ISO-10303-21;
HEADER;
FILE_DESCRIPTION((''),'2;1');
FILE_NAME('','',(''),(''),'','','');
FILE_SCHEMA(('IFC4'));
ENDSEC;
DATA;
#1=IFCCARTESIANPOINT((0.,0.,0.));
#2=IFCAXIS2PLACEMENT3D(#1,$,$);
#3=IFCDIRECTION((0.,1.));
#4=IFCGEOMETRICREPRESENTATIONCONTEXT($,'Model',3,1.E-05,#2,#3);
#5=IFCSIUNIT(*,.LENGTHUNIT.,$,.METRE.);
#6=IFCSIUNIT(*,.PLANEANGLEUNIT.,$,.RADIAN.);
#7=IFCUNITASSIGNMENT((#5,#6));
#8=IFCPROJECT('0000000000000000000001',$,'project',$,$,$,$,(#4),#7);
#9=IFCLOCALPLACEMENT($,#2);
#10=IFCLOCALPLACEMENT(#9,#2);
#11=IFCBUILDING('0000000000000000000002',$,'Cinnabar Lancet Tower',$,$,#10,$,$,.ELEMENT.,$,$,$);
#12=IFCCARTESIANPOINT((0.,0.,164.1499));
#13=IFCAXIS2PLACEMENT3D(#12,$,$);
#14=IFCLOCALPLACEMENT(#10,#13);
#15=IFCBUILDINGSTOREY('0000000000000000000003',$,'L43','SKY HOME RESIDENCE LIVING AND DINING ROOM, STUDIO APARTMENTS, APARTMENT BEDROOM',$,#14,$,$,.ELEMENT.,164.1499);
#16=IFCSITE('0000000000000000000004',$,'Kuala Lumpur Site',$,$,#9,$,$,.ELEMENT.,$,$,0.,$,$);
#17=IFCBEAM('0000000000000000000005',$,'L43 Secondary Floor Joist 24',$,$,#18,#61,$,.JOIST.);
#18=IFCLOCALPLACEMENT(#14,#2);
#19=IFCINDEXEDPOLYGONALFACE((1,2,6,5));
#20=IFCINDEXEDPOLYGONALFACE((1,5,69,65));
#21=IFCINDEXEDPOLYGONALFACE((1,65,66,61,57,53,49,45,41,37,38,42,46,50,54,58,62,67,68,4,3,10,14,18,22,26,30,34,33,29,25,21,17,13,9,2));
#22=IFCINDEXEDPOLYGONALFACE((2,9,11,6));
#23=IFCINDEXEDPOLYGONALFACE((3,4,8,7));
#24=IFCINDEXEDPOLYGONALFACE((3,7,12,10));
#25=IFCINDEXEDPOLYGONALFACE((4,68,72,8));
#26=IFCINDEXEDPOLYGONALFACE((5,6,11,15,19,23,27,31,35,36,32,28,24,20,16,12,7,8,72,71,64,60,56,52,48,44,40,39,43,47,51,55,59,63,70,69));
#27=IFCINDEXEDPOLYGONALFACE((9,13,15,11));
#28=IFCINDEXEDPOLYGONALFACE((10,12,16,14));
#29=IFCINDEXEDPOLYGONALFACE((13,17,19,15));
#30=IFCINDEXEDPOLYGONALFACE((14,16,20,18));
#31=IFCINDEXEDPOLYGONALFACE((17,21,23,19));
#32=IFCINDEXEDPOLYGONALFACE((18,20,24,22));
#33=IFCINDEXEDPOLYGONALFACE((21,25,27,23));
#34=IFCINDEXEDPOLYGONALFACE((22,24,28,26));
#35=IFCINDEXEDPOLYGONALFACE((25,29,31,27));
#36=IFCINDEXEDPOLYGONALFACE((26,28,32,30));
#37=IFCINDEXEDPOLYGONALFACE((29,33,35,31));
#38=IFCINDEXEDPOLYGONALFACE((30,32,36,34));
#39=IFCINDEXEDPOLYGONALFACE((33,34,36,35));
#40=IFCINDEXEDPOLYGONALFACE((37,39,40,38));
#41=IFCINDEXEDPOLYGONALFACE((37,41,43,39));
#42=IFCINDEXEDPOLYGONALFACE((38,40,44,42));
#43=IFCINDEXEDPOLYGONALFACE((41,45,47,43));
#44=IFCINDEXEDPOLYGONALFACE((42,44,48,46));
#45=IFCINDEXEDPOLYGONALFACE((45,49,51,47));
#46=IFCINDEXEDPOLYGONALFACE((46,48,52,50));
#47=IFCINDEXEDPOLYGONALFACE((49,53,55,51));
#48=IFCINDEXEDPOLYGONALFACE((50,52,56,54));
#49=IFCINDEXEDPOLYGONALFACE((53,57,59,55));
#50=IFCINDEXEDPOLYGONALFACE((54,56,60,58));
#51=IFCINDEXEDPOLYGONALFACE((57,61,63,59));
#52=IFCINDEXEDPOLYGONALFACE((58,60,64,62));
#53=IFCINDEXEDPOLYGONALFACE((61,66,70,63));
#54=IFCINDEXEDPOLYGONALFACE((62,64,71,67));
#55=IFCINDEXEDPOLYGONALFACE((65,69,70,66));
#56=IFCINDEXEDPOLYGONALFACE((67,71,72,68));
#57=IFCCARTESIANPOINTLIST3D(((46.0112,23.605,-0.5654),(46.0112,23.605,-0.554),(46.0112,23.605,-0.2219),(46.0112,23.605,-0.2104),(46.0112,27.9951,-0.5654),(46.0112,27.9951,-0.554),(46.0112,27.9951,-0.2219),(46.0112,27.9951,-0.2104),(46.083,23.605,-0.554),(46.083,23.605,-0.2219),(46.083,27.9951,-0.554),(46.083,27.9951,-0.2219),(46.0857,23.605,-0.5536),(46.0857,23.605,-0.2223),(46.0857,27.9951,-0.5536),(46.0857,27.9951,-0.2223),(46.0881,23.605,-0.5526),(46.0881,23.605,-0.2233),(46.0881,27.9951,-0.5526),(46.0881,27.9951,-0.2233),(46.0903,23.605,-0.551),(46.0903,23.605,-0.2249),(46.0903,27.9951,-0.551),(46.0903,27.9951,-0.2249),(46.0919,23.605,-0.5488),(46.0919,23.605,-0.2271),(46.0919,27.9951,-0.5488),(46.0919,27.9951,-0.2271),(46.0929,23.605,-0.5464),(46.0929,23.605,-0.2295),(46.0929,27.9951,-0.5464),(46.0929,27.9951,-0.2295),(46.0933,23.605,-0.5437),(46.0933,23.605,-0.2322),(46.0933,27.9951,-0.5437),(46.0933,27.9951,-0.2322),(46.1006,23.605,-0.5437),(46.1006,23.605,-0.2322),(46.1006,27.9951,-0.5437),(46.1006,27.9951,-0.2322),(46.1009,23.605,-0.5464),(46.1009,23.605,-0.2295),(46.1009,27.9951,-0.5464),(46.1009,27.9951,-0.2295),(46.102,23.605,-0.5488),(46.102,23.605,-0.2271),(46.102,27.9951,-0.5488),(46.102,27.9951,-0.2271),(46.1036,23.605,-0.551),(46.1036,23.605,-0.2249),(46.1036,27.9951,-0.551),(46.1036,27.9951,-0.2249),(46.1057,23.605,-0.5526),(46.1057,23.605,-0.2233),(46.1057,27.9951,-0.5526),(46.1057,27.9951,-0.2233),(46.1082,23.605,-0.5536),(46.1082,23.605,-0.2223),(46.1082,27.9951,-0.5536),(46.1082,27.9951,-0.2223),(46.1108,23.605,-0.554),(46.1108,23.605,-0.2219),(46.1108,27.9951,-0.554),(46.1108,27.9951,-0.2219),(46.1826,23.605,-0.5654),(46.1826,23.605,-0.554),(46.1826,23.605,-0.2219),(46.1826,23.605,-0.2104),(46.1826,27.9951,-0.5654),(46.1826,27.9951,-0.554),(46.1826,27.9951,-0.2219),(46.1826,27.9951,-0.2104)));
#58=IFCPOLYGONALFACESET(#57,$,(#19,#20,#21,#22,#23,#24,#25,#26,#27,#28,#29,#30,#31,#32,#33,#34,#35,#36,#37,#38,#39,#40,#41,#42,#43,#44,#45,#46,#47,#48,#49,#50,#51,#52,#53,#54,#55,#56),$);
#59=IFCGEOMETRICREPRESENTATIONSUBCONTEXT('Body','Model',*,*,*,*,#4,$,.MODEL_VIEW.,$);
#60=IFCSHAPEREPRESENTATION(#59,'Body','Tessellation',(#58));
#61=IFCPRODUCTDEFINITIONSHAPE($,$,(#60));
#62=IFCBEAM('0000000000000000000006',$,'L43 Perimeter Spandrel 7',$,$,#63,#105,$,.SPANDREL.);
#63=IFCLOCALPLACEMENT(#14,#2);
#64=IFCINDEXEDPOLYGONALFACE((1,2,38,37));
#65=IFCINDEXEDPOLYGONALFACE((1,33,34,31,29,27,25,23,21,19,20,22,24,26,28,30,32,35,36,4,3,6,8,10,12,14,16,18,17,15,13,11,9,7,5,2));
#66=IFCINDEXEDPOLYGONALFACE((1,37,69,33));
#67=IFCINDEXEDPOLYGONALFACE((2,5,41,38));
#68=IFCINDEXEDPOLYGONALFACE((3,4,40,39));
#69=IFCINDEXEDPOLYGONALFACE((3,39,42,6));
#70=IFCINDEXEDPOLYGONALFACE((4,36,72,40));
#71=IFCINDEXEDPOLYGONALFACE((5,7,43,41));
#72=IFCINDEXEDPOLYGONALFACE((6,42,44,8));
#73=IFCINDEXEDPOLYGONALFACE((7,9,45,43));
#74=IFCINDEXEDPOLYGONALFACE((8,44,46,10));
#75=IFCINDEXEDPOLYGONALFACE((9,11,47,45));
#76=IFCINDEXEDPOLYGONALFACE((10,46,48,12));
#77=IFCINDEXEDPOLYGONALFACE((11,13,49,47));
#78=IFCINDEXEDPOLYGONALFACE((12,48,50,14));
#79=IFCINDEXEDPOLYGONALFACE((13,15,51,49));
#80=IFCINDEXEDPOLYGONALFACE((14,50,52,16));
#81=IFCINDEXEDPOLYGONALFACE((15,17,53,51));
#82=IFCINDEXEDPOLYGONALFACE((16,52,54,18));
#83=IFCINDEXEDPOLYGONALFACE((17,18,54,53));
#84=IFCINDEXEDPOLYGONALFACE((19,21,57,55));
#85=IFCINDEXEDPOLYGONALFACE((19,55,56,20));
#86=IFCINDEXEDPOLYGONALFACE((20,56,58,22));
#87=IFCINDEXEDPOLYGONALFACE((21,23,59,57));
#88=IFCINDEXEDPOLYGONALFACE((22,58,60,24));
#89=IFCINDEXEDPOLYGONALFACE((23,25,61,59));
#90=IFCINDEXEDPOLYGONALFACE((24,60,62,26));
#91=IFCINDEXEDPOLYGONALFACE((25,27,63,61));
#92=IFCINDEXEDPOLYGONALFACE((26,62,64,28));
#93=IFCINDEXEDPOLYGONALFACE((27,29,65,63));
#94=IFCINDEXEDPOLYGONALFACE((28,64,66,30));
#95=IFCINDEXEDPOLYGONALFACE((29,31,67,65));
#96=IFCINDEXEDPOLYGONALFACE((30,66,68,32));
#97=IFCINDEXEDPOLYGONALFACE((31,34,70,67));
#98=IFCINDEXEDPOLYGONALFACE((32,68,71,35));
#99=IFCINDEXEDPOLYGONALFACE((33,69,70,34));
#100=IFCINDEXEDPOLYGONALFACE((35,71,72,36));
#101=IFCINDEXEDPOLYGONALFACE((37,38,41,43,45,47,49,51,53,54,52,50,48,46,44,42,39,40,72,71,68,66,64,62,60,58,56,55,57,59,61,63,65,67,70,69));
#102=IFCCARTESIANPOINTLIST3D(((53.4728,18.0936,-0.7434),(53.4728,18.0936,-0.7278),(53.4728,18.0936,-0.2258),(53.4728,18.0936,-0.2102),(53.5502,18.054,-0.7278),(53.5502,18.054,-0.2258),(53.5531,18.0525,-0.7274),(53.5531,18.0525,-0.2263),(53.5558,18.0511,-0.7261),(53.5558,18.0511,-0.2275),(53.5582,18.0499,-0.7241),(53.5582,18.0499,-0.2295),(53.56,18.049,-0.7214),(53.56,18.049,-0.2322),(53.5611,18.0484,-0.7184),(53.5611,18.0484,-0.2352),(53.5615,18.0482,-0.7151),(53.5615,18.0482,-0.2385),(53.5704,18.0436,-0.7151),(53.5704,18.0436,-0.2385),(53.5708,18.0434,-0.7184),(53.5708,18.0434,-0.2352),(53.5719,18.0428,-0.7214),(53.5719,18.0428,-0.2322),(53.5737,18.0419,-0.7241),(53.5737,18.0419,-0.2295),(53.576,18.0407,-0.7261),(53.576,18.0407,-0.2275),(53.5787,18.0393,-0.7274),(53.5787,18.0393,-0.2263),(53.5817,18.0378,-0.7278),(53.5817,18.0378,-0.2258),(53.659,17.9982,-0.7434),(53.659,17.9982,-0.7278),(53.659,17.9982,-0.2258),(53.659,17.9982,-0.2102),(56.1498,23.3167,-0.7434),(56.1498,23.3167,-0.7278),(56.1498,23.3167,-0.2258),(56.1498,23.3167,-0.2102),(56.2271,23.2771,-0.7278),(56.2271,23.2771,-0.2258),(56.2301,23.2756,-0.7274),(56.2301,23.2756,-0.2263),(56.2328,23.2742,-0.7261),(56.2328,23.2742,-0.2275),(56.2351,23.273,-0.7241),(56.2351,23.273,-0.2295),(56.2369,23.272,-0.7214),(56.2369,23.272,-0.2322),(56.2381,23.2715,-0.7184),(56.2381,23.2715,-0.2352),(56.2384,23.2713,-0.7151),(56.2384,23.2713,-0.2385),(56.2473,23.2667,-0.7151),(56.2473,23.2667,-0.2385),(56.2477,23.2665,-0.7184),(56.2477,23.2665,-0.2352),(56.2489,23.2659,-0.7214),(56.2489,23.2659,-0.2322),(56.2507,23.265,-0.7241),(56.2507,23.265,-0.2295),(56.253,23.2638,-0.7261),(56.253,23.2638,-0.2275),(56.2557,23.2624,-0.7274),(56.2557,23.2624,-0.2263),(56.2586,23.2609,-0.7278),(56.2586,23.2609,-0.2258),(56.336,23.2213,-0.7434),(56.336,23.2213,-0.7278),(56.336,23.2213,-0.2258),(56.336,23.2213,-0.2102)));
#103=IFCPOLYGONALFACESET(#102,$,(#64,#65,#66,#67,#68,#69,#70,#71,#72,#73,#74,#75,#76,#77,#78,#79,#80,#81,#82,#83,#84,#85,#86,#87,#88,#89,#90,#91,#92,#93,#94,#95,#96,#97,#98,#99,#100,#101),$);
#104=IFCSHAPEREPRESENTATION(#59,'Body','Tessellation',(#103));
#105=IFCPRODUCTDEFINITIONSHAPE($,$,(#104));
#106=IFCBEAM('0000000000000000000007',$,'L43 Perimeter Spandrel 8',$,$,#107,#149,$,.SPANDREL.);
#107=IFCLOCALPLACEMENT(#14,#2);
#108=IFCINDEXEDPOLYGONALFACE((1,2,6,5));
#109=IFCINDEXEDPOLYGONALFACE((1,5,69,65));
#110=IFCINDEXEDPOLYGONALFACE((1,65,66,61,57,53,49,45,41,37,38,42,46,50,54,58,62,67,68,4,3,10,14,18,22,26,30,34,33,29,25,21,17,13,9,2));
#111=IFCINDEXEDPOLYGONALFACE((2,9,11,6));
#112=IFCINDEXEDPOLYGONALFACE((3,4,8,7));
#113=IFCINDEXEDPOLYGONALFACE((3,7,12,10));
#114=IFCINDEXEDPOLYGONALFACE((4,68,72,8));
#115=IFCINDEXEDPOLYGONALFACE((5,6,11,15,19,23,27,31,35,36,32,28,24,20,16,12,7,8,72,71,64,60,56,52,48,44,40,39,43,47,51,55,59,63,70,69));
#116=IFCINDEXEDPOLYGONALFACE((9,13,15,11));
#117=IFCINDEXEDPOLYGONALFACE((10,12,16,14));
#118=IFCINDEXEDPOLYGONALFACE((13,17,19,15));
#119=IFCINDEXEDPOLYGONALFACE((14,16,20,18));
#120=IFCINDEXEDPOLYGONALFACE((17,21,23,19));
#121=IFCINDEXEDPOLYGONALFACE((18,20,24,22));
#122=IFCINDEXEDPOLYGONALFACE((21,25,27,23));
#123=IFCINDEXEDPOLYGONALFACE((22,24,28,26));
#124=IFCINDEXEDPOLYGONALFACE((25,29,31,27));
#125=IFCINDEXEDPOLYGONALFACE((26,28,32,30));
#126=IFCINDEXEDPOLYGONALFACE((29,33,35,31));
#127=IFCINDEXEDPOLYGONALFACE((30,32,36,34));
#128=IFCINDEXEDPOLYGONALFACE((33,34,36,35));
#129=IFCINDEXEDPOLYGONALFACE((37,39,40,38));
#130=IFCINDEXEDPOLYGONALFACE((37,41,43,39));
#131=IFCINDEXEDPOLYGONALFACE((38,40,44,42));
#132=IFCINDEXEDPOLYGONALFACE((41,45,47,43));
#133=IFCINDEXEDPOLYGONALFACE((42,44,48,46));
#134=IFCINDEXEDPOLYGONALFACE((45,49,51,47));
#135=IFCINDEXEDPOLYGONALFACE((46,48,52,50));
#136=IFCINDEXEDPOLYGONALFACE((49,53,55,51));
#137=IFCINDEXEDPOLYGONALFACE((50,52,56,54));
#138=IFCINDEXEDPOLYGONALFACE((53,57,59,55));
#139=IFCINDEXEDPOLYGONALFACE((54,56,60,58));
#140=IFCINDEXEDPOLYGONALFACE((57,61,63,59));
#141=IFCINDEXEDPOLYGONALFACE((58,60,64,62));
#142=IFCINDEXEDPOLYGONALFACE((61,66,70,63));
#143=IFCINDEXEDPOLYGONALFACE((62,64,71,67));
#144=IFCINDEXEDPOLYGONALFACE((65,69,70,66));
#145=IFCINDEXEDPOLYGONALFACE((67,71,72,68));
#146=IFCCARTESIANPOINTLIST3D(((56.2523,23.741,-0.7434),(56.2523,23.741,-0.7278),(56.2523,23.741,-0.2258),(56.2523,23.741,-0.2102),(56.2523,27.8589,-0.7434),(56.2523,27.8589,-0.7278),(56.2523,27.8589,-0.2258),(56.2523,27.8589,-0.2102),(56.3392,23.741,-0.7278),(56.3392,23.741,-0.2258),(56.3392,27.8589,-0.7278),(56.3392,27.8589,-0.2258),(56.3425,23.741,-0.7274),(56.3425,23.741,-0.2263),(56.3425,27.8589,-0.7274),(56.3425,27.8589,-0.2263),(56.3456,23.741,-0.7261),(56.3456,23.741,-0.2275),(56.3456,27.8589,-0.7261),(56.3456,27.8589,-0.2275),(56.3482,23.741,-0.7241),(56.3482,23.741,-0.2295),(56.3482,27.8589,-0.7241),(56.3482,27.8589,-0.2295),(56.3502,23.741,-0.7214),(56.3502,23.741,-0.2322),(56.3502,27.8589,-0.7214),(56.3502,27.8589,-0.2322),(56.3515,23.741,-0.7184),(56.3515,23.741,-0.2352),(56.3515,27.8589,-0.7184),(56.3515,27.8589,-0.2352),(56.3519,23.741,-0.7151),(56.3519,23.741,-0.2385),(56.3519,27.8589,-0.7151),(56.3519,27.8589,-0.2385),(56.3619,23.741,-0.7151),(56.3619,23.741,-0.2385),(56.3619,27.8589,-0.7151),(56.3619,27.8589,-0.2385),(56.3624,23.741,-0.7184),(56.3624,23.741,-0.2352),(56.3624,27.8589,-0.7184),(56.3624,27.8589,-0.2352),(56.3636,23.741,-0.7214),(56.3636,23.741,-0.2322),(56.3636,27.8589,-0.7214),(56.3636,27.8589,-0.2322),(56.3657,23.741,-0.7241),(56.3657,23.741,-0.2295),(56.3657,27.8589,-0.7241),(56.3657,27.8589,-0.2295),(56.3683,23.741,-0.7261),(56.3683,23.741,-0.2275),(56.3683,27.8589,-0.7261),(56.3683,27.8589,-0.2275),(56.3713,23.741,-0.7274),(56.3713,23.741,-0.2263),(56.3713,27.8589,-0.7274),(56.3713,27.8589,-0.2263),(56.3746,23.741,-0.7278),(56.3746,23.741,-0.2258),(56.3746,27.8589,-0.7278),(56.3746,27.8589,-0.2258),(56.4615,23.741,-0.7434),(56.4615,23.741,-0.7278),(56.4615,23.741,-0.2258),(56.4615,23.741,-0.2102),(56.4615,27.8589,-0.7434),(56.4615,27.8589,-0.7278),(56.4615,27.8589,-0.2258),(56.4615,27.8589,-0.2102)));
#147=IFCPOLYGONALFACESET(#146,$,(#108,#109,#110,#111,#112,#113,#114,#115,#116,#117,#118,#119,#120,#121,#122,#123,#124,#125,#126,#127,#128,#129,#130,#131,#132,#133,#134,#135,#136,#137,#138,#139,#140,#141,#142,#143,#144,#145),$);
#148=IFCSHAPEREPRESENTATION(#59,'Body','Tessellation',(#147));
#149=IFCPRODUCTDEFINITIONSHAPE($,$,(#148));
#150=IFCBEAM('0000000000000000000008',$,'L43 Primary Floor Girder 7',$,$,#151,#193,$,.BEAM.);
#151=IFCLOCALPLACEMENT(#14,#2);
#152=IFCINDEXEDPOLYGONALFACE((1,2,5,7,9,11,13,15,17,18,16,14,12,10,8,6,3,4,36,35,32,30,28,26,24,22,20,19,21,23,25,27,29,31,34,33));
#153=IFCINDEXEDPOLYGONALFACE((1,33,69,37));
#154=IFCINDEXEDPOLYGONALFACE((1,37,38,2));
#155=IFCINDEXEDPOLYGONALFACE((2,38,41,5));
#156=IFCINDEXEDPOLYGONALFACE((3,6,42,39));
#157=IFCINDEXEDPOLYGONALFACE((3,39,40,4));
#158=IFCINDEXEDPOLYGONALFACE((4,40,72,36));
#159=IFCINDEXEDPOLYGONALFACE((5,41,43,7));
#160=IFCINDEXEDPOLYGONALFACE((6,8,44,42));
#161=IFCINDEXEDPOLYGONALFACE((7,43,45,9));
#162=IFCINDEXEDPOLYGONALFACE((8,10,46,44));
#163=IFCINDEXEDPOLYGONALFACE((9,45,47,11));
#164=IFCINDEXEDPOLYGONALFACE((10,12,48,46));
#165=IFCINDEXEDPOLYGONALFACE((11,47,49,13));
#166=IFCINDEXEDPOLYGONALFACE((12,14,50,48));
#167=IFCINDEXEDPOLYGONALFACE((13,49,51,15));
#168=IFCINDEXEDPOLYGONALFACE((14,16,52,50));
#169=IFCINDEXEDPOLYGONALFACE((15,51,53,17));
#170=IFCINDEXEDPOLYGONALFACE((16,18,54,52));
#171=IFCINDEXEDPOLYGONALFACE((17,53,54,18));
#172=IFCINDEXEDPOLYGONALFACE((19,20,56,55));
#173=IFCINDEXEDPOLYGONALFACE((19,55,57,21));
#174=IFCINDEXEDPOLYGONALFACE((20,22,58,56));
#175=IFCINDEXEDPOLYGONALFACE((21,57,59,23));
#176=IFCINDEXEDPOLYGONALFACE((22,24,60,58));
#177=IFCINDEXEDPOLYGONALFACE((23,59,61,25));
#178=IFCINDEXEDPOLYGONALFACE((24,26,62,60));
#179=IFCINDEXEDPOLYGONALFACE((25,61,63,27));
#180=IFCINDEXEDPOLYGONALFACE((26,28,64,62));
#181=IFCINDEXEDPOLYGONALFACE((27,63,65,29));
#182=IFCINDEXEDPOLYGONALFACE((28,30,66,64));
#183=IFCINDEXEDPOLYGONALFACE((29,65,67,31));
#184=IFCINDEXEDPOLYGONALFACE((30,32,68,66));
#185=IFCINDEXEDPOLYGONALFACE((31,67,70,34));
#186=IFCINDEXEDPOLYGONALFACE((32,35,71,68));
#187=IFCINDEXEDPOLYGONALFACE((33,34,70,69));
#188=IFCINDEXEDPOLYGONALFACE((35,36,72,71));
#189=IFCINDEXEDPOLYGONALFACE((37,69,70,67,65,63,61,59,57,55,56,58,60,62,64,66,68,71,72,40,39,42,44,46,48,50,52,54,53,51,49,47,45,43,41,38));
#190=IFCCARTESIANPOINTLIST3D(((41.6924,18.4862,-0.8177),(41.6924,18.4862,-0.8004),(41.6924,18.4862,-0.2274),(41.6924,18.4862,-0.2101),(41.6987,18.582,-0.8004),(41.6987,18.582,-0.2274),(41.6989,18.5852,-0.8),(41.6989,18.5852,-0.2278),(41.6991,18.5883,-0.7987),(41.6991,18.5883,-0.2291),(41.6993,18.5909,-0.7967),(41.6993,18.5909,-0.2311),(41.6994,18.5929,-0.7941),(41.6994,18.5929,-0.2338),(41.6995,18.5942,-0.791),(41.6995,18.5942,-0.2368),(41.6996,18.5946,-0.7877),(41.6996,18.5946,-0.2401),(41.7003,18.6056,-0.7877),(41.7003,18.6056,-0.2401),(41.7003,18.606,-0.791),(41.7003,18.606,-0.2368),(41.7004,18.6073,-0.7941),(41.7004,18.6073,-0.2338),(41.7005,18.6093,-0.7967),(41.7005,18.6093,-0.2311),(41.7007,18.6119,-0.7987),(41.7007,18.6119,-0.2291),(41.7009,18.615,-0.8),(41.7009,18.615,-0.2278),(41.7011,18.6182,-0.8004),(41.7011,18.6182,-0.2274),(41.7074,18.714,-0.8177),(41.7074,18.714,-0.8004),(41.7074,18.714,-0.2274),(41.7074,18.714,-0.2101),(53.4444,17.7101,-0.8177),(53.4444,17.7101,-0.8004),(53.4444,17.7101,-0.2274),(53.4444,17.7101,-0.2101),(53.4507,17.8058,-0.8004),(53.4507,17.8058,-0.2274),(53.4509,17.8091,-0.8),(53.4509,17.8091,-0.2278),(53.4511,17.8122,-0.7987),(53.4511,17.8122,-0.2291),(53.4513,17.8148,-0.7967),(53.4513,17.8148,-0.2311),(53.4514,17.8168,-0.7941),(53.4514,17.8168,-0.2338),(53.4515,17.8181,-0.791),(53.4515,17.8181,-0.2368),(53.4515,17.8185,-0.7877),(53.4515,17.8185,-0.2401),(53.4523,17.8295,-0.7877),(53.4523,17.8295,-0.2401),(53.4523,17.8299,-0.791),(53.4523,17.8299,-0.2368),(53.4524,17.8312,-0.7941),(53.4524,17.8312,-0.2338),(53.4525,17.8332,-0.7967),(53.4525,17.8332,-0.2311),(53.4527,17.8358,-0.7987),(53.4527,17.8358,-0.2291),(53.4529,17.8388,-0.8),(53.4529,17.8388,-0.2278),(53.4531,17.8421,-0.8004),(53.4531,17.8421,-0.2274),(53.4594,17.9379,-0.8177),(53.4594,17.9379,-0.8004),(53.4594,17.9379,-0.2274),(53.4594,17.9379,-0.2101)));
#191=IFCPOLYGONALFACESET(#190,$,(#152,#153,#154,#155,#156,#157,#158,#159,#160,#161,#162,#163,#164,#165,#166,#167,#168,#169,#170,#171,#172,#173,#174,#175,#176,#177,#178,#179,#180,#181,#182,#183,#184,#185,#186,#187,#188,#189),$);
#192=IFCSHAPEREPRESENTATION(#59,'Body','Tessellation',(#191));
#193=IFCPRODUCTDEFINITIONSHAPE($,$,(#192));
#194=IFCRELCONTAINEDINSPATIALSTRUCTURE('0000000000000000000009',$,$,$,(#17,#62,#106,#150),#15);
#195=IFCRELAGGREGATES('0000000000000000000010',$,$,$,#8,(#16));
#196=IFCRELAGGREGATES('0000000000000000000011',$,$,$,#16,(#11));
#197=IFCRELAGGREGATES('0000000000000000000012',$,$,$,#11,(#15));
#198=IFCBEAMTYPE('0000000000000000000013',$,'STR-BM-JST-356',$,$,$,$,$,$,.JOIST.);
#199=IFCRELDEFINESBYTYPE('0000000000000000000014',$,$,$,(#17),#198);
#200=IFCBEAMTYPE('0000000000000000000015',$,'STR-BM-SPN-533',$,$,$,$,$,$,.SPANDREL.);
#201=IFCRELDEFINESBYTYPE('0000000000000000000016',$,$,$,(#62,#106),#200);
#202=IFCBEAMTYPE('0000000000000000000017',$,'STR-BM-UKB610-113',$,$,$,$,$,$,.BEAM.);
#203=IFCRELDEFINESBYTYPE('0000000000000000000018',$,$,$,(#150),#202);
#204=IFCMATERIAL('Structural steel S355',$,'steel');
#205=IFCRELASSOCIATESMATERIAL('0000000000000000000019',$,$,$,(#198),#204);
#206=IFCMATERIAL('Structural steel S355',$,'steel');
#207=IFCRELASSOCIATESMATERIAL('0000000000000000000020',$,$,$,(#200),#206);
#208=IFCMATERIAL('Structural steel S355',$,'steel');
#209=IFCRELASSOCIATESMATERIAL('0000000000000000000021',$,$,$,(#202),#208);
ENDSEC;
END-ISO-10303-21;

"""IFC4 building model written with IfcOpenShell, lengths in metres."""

from ifc_helpers import new_model, si_unit, direction, frame, origin, origin_2d, place, context, subcontext, project, spatial, i_section, extrude, material, material_profile, profile_set, type_object, element, save


model = new_model("IFC4")

# Units and contexts
model_context = context("Model", 3, precision=1e-05, world=origin(), true_north=direction((0.0, 1.0)))
body_context = subcontext(model_context, "Body", "Model", "MODEL_VIEW")
ifc_project = project(units=[si_unit("LENGTHUNIT", "METRE"), si_unit("PLANEANGLEUNIT", "RADIAN")], contexts=[model_context])

# Site, building, storey
site_placement = place(None, origin())
site = spatial("IfcSite", under=ifc_project, at=site_placement, Name="Kuala Lumpur Site", CompositionType="ELEMENT", RefElevation=0.0)
building_placement = place(site_placement, origin())
building = spatial("IfcBuilding", under=site, at=building_placement, Name="Cinnabar Lancet Tower", CompositionType="ELEMENT")
storey_placement = place(building_placement, frame((0.0, 0.0, 164.1499)))
storey = spatial("IfcBuildingStorey", under=building, at=storey_placement, Name="L43", Description="SKY HOME RESIDENCE LIVING AND DINING ROOM, STUDIO APARTMENTS, APARTMENT BEDROOM", CompositionType="ELEMENT", Elevation=164.1499)

# Beams
ifc_material_1 = material(Name="Structural steel S355", Category="steel")
ifc_material_profile_1 = material_profile(ifc_material_1, i_section(OverallWidth=0.1714, OverallDepth=0.355, WebThickness=0.0073, FlangeThickness=0.0115, FilletRadius=0.0103, at=origin_2d()), Name="UKB 356x171x51")
ifc_profile_set_1 = profile_set([ifc_material_profile_1], Name="Structural steel S355")
beam_type_1 = type_object("IfcBeamType", Name="STR-BM-JST-356", PredefinedType="JOIST", material=ifc_profile_set_1)
for number, where, z_axis, x_axis, name in (
    (1, (46.0969, 23.605, -0.3879), (0.0, 1.0, 0.0), (-1.0, 0.0, 0.0), "L43 Secondary Floor Joist 24"),
):
    element("IfcBeam", number, at=place(storey_placement, frame(where, z_axis=z_axis, x_axis=x_axis)), inside=storey, type_object=beam_type_1, Name=name, PredefinedType="JOIST", context=body_context, shape_type="SweptSolid", body=[
        extrude(i_section(OverallWidth=0.1714, OverallDepth=0.355, WebThickness=0.0073, FlangeThickness=0.0115, FilletRadius=0.0103, at=origin_2d()), origin(), (0.0, 0.0, 1.0), 4.3901),
    ])
ifc_material_2 = material(Name="Structural steel S355", Category="steel")
ifc_material_profile_2 = material_profile(ifc_material_2, i_section(OverallWidth=0.2092, OverallDepth=0.5332, WebThickness=0.01, FlangeThickness=0.0156, FilletRadius=0.0127, at=origin_2d()), Name="UKB 533x210x92")
ifc_profile_set_2 = profile_set([ifc_material_profile_2], Name="Structural steel S355")
beam_type_2 = type_object("IfcBeamType", Name="STR-BM-SPN-533", PredefinedType="SPANDREL", material=ifc_profile_set_2)
beam_1_placement = place(storey_placement, frame((53.5659, 18.0459, -0.4768), z_axis=(0.45611, 0.889924, 0.0), x_axis=(-0.889924, 0.45611, 0.0)))
element("IfcBeam", 2, at=beam_1_placement, inside=storey, type_object=beam_type_2, Name="L43 Perimeter Spandrel 7", PredefinedType="SPANDREL", context=body_context, shape_type="SweptSolid", body=[
    extrude(i_section(OverallWidth=0.2092, OverallDepth=0.5332, WebThickness=0.01, FlangeThickness=0.0156, FilletRadius=0.0127, at=origin_2d()), origin(), (0.0, 0.0, 1.0), 5.8691),
])
beam_2_placement = place(storey_placement, frame((56.3569, 23.741, -0.4768), z_axis=(0.0, 1.0, 0.0), x_axis=(-1.0, 0.0, 0.0)))
element("IfcBeam", 3, at=beam_2_placement, inside=storey, type_object=beam_type_2, Name="L43 Perimeter Spandrel 8", PredefinedType="SPANDREL", context=body_context, shape_type="SweptSolid", body=[
    extrude(i_section(OverallWidth=0.2092, OverallDepth=0.5332, WebThickness=0.01, FlangeThickness=0.0156, FilletRadius=0.0127, at=origin_2d()), origin(), (0.0, 0.0, 1.0), 4.1179),
])
ifc_material_3 = material(Name="Structural steel S355", Category="steel")
ifc_material_profile_3 = material_profile(ifc_material_3, i_section(OverallWidth=0.2283, OverallDepth=0.6077, WebThickness=0.011, FlangeThickness=0.0173, FilletRadius=0.0127, at=origin_2d()), Name="UKB 610x229x113")
ifc_profile_set_3 = profile_set([ifc_material_profile_3], Name="Structural steel S355")
beam_type_3 = type_object("IfcBeamType", Name="STR-BM-UKB610-113", PredefinedType="BEAM", material=ifc_profile_set_3)
beam_3_placement = place(storey_placement, frame((53.4519, 17.824, -0.5139), z_axis=(-0.997826, 0.065898, 0.0), x_axis=(-0.065898, -0.997826, 0.0)))
element("IfcBeam", 4, at=beam_3_placement, inside=storey, type_object=beam_type_3, Name="L43 Primary Floor Girder 7", PredefinedType="BEAM", context=body_context, shape_type="SweptSolid", body=[
    extrude(i_section(OverallWidth=0.2283, OverallDepth=0.6077, WebThickness=0.011, FlangeThickness=0.0173, FilletRadius=0.0127, at=origin_2d()), origin(), (0.0, 0.0, 1.0), 11.7776),
])

save(model, "model.ifc")
